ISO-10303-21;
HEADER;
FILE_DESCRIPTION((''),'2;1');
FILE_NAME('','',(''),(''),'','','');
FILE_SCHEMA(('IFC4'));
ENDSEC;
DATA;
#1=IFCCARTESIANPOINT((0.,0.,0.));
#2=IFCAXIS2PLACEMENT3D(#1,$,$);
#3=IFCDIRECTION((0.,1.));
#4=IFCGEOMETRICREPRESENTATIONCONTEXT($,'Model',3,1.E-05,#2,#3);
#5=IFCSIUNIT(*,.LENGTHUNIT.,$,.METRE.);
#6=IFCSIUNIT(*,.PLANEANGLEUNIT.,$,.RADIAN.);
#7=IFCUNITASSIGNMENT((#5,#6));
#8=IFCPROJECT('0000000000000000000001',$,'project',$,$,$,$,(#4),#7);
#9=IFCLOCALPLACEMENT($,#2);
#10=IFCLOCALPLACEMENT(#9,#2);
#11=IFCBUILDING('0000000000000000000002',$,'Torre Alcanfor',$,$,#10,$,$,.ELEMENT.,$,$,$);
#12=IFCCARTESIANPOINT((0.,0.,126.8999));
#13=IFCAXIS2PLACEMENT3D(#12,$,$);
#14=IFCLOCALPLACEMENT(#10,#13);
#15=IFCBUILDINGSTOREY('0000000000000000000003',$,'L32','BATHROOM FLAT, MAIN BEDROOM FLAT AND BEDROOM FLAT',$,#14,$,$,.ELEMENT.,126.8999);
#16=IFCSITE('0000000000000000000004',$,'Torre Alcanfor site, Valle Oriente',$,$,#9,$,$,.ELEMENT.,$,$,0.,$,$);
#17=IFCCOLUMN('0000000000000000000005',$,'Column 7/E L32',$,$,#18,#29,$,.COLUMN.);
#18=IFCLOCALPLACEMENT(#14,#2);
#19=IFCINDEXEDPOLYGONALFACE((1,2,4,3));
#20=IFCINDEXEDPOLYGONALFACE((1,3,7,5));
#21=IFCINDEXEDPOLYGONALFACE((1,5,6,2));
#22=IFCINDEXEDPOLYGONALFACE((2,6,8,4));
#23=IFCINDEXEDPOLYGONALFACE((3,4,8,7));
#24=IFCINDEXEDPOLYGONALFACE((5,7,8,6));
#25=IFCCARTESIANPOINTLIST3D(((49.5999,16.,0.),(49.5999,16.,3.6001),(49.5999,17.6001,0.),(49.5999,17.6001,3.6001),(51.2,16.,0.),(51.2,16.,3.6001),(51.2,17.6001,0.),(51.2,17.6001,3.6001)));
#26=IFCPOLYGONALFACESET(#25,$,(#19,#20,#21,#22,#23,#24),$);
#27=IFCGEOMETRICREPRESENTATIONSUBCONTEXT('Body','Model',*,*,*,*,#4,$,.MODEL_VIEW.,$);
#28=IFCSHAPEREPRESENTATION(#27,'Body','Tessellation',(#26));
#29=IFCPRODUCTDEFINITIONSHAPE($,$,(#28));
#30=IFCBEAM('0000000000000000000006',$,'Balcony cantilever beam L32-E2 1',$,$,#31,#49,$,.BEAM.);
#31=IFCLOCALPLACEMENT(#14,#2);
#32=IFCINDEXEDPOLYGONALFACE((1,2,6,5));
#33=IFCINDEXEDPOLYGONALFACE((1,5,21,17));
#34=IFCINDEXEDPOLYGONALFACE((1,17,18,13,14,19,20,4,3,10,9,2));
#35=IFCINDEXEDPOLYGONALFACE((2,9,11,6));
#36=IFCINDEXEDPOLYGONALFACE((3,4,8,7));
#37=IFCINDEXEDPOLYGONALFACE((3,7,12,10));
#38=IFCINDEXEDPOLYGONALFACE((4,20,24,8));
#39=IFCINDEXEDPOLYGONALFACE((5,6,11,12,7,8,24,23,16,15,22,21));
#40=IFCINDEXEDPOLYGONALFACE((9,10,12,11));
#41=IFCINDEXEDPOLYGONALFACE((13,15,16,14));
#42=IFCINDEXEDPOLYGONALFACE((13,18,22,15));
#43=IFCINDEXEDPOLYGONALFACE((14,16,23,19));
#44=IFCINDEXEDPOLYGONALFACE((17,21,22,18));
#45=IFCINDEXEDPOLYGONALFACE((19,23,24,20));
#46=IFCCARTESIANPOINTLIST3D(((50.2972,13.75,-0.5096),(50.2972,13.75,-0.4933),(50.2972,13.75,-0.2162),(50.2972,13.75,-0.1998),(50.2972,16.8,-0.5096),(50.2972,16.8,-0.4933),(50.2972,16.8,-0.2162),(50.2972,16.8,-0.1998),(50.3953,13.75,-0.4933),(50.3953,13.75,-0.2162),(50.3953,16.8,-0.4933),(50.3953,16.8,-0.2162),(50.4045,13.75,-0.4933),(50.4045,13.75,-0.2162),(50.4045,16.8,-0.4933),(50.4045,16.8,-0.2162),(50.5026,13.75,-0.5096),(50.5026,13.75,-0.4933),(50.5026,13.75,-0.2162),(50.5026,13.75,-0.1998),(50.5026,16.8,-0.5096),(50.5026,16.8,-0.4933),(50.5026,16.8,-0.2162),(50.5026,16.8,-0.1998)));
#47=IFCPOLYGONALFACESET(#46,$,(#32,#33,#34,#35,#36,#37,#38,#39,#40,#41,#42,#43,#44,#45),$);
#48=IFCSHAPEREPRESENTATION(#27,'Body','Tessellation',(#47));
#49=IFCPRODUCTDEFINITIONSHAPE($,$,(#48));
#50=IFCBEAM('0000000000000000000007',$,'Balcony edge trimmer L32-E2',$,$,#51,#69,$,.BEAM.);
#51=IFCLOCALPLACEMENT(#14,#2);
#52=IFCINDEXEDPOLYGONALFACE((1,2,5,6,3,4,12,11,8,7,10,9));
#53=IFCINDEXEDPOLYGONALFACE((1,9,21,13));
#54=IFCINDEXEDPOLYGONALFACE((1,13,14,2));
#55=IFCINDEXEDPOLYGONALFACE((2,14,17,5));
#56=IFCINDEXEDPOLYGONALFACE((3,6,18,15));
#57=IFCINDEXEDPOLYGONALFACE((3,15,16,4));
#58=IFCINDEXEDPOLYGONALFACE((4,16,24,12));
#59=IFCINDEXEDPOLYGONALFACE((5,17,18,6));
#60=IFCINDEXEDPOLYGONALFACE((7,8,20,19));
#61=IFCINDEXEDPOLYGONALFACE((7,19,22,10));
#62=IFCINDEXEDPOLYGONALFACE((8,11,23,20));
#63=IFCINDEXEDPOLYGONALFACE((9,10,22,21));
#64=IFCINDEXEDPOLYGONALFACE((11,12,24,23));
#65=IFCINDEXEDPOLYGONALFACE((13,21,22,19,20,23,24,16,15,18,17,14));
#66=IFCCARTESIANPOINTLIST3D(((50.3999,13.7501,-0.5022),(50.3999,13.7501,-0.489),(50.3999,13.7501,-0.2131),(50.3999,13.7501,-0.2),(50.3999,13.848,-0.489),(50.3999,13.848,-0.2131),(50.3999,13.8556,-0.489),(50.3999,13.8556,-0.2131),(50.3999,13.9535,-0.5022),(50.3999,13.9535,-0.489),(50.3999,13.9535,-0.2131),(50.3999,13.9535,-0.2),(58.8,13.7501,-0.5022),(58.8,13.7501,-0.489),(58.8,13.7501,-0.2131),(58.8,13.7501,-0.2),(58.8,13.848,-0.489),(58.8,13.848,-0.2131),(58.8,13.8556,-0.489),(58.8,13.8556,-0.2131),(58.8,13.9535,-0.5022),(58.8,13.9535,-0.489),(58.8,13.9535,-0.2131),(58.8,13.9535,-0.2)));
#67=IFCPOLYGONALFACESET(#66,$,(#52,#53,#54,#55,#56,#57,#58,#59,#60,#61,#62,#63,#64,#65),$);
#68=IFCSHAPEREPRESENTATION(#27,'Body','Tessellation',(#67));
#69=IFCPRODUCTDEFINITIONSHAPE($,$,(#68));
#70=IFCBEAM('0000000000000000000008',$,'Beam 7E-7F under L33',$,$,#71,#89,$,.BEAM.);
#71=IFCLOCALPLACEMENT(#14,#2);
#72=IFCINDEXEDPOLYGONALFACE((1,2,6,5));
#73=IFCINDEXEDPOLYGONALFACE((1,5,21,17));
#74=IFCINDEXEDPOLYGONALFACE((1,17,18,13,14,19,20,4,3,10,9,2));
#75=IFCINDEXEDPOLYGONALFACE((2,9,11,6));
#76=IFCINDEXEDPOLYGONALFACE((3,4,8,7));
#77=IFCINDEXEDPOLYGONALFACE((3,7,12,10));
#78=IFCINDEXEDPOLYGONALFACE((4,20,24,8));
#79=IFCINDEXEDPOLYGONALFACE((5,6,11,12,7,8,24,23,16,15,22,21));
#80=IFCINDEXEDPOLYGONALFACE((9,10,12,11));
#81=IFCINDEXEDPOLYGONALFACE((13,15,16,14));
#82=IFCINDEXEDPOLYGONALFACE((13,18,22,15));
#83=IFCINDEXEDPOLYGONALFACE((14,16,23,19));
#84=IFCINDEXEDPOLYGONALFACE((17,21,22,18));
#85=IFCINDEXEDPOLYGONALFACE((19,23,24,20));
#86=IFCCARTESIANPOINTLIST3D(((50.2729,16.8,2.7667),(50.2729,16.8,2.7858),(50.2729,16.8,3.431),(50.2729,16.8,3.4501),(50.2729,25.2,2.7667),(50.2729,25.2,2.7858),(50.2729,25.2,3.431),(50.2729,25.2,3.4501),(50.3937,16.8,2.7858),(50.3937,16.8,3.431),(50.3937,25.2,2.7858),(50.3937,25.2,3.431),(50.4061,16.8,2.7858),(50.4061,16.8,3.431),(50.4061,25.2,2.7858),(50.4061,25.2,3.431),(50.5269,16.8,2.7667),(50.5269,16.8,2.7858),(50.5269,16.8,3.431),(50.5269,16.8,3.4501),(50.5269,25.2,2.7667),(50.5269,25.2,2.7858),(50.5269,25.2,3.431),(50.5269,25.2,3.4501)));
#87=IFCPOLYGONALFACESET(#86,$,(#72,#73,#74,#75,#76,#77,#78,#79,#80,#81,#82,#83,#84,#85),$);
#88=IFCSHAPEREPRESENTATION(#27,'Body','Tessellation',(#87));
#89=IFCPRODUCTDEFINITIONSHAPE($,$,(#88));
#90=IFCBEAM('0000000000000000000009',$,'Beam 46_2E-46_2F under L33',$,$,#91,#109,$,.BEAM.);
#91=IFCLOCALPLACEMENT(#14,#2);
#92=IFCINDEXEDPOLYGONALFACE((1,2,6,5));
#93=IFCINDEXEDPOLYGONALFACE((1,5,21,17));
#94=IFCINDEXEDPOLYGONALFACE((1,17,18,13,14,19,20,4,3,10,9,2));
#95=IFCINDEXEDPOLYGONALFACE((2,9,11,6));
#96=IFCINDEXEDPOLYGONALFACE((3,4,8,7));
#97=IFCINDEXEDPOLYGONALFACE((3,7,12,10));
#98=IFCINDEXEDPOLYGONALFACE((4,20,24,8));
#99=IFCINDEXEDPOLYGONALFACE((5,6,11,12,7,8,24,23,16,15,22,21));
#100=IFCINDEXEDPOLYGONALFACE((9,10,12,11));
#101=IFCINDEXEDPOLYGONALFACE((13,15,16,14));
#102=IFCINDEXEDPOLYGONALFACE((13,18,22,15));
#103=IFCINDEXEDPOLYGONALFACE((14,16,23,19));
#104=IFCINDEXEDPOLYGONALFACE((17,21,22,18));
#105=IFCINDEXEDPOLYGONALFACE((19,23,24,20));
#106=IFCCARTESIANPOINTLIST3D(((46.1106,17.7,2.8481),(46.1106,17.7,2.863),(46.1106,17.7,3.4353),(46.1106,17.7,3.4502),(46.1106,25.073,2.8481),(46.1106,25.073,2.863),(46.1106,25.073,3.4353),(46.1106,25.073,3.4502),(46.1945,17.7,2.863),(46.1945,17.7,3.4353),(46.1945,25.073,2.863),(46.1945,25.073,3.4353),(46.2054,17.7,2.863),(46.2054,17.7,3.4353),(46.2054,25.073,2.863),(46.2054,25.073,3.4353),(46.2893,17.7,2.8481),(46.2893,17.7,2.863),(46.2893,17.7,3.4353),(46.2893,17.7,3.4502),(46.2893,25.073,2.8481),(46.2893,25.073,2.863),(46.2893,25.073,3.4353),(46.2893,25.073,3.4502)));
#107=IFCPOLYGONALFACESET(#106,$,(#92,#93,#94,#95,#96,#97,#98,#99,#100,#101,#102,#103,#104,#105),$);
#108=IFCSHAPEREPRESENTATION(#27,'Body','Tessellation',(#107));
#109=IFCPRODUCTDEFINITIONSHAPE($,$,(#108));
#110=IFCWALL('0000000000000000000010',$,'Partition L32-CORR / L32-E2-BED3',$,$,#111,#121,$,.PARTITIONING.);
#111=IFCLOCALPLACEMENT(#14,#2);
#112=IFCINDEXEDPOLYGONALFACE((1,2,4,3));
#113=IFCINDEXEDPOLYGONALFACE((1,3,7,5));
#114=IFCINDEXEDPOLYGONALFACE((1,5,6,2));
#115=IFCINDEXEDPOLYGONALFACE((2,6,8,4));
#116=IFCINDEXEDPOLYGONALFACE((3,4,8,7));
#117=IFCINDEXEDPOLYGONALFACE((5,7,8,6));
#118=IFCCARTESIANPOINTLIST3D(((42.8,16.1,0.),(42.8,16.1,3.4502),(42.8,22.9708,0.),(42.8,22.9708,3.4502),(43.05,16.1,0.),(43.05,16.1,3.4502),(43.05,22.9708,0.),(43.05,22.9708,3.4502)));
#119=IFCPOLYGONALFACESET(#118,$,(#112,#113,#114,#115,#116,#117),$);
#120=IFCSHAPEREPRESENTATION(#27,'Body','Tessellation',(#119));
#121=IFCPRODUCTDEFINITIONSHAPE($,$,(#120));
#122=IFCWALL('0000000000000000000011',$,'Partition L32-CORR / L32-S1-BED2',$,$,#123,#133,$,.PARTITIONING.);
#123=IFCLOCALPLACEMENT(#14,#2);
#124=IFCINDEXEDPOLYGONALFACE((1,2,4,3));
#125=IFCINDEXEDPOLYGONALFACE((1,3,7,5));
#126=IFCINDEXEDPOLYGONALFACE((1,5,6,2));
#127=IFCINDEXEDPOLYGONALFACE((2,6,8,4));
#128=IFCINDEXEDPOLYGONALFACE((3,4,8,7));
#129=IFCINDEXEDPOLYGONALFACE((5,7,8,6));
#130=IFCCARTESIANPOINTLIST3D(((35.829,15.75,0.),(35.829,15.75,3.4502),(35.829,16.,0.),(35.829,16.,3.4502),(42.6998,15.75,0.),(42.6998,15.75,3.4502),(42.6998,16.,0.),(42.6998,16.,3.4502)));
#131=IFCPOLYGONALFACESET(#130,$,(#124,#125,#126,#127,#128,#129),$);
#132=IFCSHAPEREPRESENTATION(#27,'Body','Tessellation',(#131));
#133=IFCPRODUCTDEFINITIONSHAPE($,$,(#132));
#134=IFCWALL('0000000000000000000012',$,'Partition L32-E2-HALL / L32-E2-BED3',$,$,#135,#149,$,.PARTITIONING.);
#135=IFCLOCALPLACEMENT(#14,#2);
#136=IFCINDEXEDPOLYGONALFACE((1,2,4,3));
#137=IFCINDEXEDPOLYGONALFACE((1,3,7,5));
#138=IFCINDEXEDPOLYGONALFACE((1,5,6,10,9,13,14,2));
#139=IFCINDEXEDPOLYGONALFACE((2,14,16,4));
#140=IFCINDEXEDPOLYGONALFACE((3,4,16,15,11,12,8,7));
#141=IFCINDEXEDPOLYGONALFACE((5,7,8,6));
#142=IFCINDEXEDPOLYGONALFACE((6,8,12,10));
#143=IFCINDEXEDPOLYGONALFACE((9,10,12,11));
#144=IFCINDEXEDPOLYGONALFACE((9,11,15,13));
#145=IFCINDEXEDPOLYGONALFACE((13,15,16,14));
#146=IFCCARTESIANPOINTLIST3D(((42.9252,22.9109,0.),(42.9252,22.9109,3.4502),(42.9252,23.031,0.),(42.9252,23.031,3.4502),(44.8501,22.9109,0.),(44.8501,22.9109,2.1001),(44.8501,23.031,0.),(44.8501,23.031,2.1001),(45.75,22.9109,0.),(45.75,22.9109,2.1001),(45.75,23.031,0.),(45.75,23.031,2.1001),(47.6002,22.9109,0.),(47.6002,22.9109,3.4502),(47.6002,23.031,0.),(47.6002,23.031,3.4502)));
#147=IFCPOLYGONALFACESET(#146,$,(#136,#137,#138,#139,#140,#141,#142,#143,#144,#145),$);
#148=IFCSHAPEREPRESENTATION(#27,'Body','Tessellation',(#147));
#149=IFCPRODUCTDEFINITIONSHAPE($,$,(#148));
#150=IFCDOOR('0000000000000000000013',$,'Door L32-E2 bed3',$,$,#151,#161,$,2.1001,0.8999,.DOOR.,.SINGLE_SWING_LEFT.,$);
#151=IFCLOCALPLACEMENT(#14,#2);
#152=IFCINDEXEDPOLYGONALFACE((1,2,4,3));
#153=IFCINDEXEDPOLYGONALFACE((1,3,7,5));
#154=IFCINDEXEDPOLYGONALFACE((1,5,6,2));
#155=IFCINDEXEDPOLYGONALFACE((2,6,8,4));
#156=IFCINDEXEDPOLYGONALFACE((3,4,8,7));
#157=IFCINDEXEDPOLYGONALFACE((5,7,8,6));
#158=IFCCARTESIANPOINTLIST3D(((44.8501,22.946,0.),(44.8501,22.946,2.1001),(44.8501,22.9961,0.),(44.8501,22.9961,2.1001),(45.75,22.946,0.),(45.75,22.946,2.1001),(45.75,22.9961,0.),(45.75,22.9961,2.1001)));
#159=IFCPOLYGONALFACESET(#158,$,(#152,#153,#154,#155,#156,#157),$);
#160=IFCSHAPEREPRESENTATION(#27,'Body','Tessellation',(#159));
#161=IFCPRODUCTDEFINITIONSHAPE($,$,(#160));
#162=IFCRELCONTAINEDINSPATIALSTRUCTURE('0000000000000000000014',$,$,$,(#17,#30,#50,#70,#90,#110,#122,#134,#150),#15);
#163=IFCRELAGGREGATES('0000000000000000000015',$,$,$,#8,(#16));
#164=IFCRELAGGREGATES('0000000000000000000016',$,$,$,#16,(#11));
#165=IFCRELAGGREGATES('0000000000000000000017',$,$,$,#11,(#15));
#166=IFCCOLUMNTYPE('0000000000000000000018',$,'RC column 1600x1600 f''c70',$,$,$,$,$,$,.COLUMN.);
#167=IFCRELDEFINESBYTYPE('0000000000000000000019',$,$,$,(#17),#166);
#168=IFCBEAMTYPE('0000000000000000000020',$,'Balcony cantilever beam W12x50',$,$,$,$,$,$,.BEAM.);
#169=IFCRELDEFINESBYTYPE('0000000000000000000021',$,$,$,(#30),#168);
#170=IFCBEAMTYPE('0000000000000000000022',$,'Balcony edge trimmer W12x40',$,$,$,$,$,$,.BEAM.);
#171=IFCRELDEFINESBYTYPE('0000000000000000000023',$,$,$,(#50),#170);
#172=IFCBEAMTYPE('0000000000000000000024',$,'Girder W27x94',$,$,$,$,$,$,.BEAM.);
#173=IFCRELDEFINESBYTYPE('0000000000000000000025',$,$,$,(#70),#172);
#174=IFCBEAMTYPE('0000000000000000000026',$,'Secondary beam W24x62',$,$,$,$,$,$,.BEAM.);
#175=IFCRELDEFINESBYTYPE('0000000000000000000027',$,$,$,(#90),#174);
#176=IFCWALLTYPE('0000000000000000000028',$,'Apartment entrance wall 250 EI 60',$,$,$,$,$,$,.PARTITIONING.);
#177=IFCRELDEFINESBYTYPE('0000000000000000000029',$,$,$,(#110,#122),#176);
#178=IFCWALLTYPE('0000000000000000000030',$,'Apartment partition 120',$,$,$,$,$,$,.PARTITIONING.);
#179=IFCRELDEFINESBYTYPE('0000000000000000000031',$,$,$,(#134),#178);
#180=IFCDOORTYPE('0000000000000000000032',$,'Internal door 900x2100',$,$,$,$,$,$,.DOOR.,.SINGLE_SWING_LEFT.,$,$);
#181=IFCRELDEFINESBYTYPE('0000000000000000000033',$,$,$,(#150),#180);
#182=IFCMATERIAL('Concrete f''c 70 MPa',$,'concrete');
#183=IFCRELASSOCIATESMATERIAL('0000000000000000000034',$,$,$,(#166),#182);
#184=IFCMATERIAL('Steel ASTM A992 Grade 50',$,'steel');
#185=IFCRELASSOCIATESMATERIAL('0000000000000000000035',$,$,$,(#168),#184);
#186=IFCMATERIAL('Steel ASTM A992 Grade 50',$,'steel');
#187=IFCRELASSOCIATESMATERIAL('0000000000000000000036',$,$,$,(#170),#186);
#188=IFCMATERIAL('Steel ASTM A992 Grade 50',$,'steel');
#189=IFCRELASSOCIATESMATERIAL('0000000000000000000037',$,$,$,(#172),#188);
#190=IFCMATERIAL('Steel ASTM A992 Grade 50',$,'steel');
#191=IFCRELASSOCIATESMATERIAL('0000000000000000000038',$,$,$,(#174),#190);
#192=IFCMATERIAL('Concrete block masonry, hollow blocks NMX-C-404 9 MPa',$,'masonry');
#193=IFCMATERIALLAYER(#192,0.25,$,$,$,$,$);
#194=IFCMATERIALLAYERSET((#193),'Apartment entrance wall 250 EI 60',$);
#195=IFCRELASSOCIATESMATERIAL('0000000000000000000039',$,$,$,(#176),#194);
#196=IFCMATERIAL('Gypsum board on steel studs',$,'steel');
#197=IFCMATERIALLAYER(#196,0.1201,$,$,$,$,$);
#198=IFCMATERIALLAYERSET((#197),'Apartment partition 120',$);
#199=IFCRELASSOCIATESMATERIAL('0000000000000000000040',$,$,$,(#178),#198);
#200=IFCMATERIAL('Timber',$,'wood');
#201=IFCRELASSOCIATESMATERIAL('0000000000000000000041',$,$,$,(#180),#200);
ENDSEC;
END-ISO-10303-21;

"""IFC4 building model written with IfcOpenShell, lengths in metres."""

from ifc_helpers import new_model, si_unit, direction, frame, frame_2d, origin, origin_2d, place, context, subcontext, project, spatial, rectangle, i_section, extrude, material, layer, layer_set, material_profile, profile_set, type_object, element, fill, save


model = new_model("IFC4")

# Units and contexts
model_context = context("Model", 3, precision=1e-05, world=origin(), true_north=direction((0.0, 1.0)))
body_context = subcontext(model_context, "Body", "Model", "MODEL_VIEW")
ifc_project = project(units=[si_unit("LENGTHUNIT", "METRE"), si_unit("PLANEANGLEUNIT", "RADIAN")], contexts=[model_context])

# Site, building, storey
site_placement = place(None, origin())
site = spatial("IfcSite", under=ifc_project, at=site_placement, Name="Torre Alcanfor site, Valle Oriente", CompositionType="ELEMENT", RefElevation=0.0)
building_placement = place(site_placement, origin())
building = spatial("IfcBuilding", under=site, at=building_placement, Name="Torre Alcanfor", CompositionType="ELEMENT")
storey_placement = place(building_placement, frame((0.0, 0.0, 126.8999)))
storey = spatial("IfcBuildingStorey", under=building, at=storey_placement, Name="L32", Description="BATHROOM FLAT, MAIN BEDROOM FLAT AND BEDROOM FLAT", CompositionType="ELEMENT", Elevation=126.8999)

# Column
ifc_material_1 = material(Name="Concrete f'c 70 MPa", Category="concrete")
ifc_material_profile_1 = material_profile(ifc_material_1, rectangle(XDim=1.6001, YDim=1.6001, at=origin_2d()), Name="1600x1600")
ifc_profile_set_1 = profile_set([ifc_material_profile_1], Name="Concrete f'c 70 MPa")
column_type = type_object("IfcColumnType", Name="RC column 1600x1600 f'c70", PredefinedType="COLUMN", material=ifc_profile_set_1)
column_placement = place(storey_placement, frame((50.3999, 16.8, 0.0), z_axis=(0.0, 0.0, 1.0), x_axis=(1.0, 0.0, 0.0)))
element("IfcColumn", 1, at=column_placement, inside=storey, type_object=column_type, Name="Column 7/E L32", PredefinedType="COLUMN", context=body_context, shape_type="SweptSolid", body=[
    extrude(rectangle(XDim=1.6001, YDim=1.6001, at=origin_2d()), origin(), (0.0, 0.0, 1.0), 3.6001),
])

# Beams
ifc_material_2 = material(Name="Steel ASTM A992 Grade 50", Category="steel")
ifc_material_profile_2 = material_profile(ifc_material_2, i_section(OverallWidth=0.2053, OverallDepth=0.3098, WebThickness=0.0093, FlangeThickness=0.0164, at=origin_2d()), Name="W12x50")
ifc_profile_set_2 = profile_set([ifc_material_profile_2], Name="Steel ASTM A992 Grade 50")
beam_type_1 = type_object("IfcBeamType", Name="Balcony cantilever beam W12x50", PredefinedType="BEAM", material=ifc_profile_set_2)
beam_1_placement = place(storey_placement, frame((50.3999, 16.8, -0.3547), z_axis=(0.0, -1.0, 0.0), x_axis=(1.0, 0.0, 0.0)))
element("IfcBeam", 2, at=beam_1_placement, inside=storey, type_object=beam_type_1, Name="Balcony cantilever beam L32-E2 1", PredefinedType="BEAM", context=body_context, shape_type="SweptSolid", body=[
    extrude(i_section(OverallWidth=0.2053, OverallDepth=0.3098, WebThickness=0.0093, FlangeThickness=0.0164, at=origin_2d()), origin(), (0.0, 0.0, 1.0), 3.05),
])
ifc_material_3 = material(Name="Steel ASTM A992 Grade 50", Category="steel")
ifc_material_profile_3 = material_profile(ifc_material_3, i_section(OverallWidth=0.2034, OverallDepth=0.3022, WebThickness=0.0076, FlangeThickness=0.0132, at=origin_2d()), Name="W12x40")
ifc_profile_set_3 = profile_set([ifc_material_profile_3], Name="Steel ASTM A992 Grade 50")
beam_type_2 = type_object("IfcBeamType", Name="Balcony edge trimmer W12x40", PredefinedType="BEAM", material=ifc_profile_set_3)
beam_2_placement = place(storey_placement, frame((50.3999, 13.8518, -0.3511), z_axis=(1.0, 0.0, 0.0), x_axis=(0.0, 1.0, 0.0)))
element("IfcBeam", 3, at=beam_2_placement, inside=storey, type_object=beam_type_2, Name="Balcony edge trimmer L32-E2", PredefinedType="BEAM", context=body_context, shape_type="SweptSolid", body=[
    extrude(i_section(OverallWidth=0.2034, OverallDepth=0.3022, WebThickness=0.0076, FlangeThickness=0.0132, at=origin_2d()), origin(), (0.0, 0.0, 1.0), 8.4001),
])
ifc_material_4 = material(Name="Steel ASTM A992 Grade 50", Category="steel")
ifc_material_profile_4 = material_profile(ifc_material_4, i_section(OverallWidth=0.2539, OverallDepth=0.6833, WebThickness=0.0125, FlangeThickness=0.019, at=origin_2d()), Name="W27x94")
ifc_profile_set_4 = profile_set([ifc_material_profile_4], Name="Steel ASTM A992 Grade 50")
beam_type_3 = type_object("IfcBeamType", Name="Girder W27x94", PredefinedType="BEAM", material=ifc_profile_set_4)
beam_3_placement = place(storey_placement, frame((50.3999, 16.8, 3.1084), z_axis=(0.0, 1.0, 0.0), x_axis=(-1.0, 0.0, 0.0)))
element("IfcBeam", 4, at=beam_3_placement, inside=storey, type_object=beam_type_3, Name="Beam 7E-7F under L33", PredefinedType="BEAM", context=body_context, shape_type="SweptSolid", body=[
    extrude(i_section(OverallWidth=0.2539, OverallDepth=0.6833, WebThickness=0.0125, FlangeThickness=0.019, at=origin_2d()), origin(), (0.0, 0.0, 1.0), 8.3999),
])
ifc_material_5 = material(Name="Steel ASTM A992 Grade 50", Category="steel")
ifc_material_profile_5 = material_profile(ifc_material_5, i_section(OverallWidth=0.1787, OverallDepth=0.6021, WebThickness=0.011, FlangeThickness=0.0149, at=origin_2d()), Name="W24x62")
ifc_profile_set_5 = profile_set([ifc_material_profile_5], Name="Steel ASTM A992 Grade 50")
beam_type_4 = type_object("IfcBeamType", Name="Secondary beam W24x62", PredefinedType="BEAM", material=ifc_profile_set_5)
beam_4_placement = place(storey_placement, frame((46.2, 17.7, 3.1492), z_axis=(0.0, 1.0, 0.0), x_axis=(-1.0, 0.0, 0.0)))
element("IfcBeam", 5, at=beam_4_placement, inside=storey, type_object=beam_type_4, Name="Beam 46_2E-46_2F under L33", PredefinedType="BEAM", context=body_context, shape_type="SweptSolid", body=[
    extrude(i_section(OverallWidth=0.1787, OverallDepth=0.6021, WebThickness=0.011, FlangeThickness=0.0149, at=origin_2d()), origin(), (0.0, 0.0, 1.0), 7.373),
])

# Walls
ifc_material_6 = material(Name="Concrete block masonry, hollow blocks NMX-C-404 9 MPa", Category="masonry")
ifc_layer_1 = layer(ifc_material_6, 0.25)
ifc_layer_set_1 = layer_set([ifc_layer_1], Name="Apartment entrance wall 250 EI 60")
wall_type_1 = type_object("IfcWallType", Name="Apartment entrance wall 250 EI 60", PredefinedType="PARTITIONING", material=ifc_layer_set_1)
for number, where, z_axis, x_axis, name in (
    (6, (42.925, 22.9709, 0.0), (0.0, 0.0, 1.0), (0.0, -1.0, 0.0), "Partition L32-CORR / L32-E2-BED3"),
    (7, (42.7, 15.875, 0.0), (0.0, 0.0, 1.0), (-1.0, 0.0, 0.0), "Partition L32-CORR / L32-S1-BED2"),
):
    element("IfcWall", number, at=place(storey_placement, frame(where, z_axis=z_axis, x_axis=x_axis)), inside=storey, type_object=wall_type_1, Name=name, PredefinedType="PARTITIONING", context=body_context, shape_type="SweptSolid", body=[
        extrude(rectangle(XDim=6.8708, YDim=0.25, at=frame_2d((3.4355, 0.0))), origin(), (0.0, 0.0, 1.0), 3.4502),
    ])

# Wall, opening, door
ifc_material_7 = material(Name="Gypsum board on steel studs", Category="steel")
ifc_layer_2 = layer(ifc_material_7, 0.1201)
ifc_layer_set_2 = layer_set([ifc_layer_2], Name="Apartment partition 120")
wall_type_2 = type_object("IfcWallType", Name="Apartment partition 120", PredefinedType="PARTITIONING", material=ifc_layer_set_2)
wall_1_placement = place(storey_placement, frame((47.6001, 22.9709, 0.0), z_axis=(0.0, 0.0, 1.0), x_axis=(-1.0, 0.0, 0.0)))
wall_1 = element("IfcWall", 8, at=wall_1_placement, inside=storey, type_object=wall_type_2, Name="Partition L32-E2-HALL / L32-E2-BED3", PredefinedType="PARTITIONING", context=body_context, shape_type="SweptSolid", body=[
    extrude(rectangle(XDim=4.675, YDim=0.1201, at=frame_2d((2.3374, 0.0))), origin(), (0.0, 0.0, 1.0), 3.4502),
])
opening_1_placement = place(wall_1_placement, frame((1.8501, 0.0, 0.0)))
opening_1 = element("IfcOpeningElement", 9, at=opening_1_placement, cuts=wall_1, PredefinedType="OPENING", context=body_context, shape_type="SweptSolid", body=[
    extrude(rectangle(XDim=0.8999, YDim=2.1001, at=frame_2d((0.45, 1.05))), frame((0.0, 0.0701, 0.0), z_axis=(0.0, -1.0, 0.0), x_axis=(1.0, 0.0, 0.0)), (0.0, 0.0, 1.0), 0.1401),
])
ifc_material_8 = material(Name="Timber", Category="wood")
door_type_1 = type_object("IfcDoorType", Name="Internal door 900x2100", OperationType="SINGLE_SWING_LEFT", PredefinedType="DOOR", material=ifc_material_8)
door_1_placement = place(opening_1_placement, origin())
door_1 = element("IfcDoor", 10, at=door_1_placement, inside=storey, type_object=door_type_1, Name="Door L32-E2 bed3", OperationType="SINGLE_SWING_LEFT", OverallHeight=2.1001, OverallWidth=0.8999, PredefinedType="DOOR", context=body_context, shape_type="SweptSolid", body=[
    extrude(rectangle(XDim=0.8999, YDim=2.1001, at=frame_2d((0.45, 1.05))), frame((0.0, 0.0249, 0.0), z_axis=(0.0, -1.0, 0.0), x_axis=(1.0, 0.0, 0.0)), (0.0, 0.0, 1.0), 0.05),
])
fill(opening_1, door_1)

save(model, "model.ifc")
